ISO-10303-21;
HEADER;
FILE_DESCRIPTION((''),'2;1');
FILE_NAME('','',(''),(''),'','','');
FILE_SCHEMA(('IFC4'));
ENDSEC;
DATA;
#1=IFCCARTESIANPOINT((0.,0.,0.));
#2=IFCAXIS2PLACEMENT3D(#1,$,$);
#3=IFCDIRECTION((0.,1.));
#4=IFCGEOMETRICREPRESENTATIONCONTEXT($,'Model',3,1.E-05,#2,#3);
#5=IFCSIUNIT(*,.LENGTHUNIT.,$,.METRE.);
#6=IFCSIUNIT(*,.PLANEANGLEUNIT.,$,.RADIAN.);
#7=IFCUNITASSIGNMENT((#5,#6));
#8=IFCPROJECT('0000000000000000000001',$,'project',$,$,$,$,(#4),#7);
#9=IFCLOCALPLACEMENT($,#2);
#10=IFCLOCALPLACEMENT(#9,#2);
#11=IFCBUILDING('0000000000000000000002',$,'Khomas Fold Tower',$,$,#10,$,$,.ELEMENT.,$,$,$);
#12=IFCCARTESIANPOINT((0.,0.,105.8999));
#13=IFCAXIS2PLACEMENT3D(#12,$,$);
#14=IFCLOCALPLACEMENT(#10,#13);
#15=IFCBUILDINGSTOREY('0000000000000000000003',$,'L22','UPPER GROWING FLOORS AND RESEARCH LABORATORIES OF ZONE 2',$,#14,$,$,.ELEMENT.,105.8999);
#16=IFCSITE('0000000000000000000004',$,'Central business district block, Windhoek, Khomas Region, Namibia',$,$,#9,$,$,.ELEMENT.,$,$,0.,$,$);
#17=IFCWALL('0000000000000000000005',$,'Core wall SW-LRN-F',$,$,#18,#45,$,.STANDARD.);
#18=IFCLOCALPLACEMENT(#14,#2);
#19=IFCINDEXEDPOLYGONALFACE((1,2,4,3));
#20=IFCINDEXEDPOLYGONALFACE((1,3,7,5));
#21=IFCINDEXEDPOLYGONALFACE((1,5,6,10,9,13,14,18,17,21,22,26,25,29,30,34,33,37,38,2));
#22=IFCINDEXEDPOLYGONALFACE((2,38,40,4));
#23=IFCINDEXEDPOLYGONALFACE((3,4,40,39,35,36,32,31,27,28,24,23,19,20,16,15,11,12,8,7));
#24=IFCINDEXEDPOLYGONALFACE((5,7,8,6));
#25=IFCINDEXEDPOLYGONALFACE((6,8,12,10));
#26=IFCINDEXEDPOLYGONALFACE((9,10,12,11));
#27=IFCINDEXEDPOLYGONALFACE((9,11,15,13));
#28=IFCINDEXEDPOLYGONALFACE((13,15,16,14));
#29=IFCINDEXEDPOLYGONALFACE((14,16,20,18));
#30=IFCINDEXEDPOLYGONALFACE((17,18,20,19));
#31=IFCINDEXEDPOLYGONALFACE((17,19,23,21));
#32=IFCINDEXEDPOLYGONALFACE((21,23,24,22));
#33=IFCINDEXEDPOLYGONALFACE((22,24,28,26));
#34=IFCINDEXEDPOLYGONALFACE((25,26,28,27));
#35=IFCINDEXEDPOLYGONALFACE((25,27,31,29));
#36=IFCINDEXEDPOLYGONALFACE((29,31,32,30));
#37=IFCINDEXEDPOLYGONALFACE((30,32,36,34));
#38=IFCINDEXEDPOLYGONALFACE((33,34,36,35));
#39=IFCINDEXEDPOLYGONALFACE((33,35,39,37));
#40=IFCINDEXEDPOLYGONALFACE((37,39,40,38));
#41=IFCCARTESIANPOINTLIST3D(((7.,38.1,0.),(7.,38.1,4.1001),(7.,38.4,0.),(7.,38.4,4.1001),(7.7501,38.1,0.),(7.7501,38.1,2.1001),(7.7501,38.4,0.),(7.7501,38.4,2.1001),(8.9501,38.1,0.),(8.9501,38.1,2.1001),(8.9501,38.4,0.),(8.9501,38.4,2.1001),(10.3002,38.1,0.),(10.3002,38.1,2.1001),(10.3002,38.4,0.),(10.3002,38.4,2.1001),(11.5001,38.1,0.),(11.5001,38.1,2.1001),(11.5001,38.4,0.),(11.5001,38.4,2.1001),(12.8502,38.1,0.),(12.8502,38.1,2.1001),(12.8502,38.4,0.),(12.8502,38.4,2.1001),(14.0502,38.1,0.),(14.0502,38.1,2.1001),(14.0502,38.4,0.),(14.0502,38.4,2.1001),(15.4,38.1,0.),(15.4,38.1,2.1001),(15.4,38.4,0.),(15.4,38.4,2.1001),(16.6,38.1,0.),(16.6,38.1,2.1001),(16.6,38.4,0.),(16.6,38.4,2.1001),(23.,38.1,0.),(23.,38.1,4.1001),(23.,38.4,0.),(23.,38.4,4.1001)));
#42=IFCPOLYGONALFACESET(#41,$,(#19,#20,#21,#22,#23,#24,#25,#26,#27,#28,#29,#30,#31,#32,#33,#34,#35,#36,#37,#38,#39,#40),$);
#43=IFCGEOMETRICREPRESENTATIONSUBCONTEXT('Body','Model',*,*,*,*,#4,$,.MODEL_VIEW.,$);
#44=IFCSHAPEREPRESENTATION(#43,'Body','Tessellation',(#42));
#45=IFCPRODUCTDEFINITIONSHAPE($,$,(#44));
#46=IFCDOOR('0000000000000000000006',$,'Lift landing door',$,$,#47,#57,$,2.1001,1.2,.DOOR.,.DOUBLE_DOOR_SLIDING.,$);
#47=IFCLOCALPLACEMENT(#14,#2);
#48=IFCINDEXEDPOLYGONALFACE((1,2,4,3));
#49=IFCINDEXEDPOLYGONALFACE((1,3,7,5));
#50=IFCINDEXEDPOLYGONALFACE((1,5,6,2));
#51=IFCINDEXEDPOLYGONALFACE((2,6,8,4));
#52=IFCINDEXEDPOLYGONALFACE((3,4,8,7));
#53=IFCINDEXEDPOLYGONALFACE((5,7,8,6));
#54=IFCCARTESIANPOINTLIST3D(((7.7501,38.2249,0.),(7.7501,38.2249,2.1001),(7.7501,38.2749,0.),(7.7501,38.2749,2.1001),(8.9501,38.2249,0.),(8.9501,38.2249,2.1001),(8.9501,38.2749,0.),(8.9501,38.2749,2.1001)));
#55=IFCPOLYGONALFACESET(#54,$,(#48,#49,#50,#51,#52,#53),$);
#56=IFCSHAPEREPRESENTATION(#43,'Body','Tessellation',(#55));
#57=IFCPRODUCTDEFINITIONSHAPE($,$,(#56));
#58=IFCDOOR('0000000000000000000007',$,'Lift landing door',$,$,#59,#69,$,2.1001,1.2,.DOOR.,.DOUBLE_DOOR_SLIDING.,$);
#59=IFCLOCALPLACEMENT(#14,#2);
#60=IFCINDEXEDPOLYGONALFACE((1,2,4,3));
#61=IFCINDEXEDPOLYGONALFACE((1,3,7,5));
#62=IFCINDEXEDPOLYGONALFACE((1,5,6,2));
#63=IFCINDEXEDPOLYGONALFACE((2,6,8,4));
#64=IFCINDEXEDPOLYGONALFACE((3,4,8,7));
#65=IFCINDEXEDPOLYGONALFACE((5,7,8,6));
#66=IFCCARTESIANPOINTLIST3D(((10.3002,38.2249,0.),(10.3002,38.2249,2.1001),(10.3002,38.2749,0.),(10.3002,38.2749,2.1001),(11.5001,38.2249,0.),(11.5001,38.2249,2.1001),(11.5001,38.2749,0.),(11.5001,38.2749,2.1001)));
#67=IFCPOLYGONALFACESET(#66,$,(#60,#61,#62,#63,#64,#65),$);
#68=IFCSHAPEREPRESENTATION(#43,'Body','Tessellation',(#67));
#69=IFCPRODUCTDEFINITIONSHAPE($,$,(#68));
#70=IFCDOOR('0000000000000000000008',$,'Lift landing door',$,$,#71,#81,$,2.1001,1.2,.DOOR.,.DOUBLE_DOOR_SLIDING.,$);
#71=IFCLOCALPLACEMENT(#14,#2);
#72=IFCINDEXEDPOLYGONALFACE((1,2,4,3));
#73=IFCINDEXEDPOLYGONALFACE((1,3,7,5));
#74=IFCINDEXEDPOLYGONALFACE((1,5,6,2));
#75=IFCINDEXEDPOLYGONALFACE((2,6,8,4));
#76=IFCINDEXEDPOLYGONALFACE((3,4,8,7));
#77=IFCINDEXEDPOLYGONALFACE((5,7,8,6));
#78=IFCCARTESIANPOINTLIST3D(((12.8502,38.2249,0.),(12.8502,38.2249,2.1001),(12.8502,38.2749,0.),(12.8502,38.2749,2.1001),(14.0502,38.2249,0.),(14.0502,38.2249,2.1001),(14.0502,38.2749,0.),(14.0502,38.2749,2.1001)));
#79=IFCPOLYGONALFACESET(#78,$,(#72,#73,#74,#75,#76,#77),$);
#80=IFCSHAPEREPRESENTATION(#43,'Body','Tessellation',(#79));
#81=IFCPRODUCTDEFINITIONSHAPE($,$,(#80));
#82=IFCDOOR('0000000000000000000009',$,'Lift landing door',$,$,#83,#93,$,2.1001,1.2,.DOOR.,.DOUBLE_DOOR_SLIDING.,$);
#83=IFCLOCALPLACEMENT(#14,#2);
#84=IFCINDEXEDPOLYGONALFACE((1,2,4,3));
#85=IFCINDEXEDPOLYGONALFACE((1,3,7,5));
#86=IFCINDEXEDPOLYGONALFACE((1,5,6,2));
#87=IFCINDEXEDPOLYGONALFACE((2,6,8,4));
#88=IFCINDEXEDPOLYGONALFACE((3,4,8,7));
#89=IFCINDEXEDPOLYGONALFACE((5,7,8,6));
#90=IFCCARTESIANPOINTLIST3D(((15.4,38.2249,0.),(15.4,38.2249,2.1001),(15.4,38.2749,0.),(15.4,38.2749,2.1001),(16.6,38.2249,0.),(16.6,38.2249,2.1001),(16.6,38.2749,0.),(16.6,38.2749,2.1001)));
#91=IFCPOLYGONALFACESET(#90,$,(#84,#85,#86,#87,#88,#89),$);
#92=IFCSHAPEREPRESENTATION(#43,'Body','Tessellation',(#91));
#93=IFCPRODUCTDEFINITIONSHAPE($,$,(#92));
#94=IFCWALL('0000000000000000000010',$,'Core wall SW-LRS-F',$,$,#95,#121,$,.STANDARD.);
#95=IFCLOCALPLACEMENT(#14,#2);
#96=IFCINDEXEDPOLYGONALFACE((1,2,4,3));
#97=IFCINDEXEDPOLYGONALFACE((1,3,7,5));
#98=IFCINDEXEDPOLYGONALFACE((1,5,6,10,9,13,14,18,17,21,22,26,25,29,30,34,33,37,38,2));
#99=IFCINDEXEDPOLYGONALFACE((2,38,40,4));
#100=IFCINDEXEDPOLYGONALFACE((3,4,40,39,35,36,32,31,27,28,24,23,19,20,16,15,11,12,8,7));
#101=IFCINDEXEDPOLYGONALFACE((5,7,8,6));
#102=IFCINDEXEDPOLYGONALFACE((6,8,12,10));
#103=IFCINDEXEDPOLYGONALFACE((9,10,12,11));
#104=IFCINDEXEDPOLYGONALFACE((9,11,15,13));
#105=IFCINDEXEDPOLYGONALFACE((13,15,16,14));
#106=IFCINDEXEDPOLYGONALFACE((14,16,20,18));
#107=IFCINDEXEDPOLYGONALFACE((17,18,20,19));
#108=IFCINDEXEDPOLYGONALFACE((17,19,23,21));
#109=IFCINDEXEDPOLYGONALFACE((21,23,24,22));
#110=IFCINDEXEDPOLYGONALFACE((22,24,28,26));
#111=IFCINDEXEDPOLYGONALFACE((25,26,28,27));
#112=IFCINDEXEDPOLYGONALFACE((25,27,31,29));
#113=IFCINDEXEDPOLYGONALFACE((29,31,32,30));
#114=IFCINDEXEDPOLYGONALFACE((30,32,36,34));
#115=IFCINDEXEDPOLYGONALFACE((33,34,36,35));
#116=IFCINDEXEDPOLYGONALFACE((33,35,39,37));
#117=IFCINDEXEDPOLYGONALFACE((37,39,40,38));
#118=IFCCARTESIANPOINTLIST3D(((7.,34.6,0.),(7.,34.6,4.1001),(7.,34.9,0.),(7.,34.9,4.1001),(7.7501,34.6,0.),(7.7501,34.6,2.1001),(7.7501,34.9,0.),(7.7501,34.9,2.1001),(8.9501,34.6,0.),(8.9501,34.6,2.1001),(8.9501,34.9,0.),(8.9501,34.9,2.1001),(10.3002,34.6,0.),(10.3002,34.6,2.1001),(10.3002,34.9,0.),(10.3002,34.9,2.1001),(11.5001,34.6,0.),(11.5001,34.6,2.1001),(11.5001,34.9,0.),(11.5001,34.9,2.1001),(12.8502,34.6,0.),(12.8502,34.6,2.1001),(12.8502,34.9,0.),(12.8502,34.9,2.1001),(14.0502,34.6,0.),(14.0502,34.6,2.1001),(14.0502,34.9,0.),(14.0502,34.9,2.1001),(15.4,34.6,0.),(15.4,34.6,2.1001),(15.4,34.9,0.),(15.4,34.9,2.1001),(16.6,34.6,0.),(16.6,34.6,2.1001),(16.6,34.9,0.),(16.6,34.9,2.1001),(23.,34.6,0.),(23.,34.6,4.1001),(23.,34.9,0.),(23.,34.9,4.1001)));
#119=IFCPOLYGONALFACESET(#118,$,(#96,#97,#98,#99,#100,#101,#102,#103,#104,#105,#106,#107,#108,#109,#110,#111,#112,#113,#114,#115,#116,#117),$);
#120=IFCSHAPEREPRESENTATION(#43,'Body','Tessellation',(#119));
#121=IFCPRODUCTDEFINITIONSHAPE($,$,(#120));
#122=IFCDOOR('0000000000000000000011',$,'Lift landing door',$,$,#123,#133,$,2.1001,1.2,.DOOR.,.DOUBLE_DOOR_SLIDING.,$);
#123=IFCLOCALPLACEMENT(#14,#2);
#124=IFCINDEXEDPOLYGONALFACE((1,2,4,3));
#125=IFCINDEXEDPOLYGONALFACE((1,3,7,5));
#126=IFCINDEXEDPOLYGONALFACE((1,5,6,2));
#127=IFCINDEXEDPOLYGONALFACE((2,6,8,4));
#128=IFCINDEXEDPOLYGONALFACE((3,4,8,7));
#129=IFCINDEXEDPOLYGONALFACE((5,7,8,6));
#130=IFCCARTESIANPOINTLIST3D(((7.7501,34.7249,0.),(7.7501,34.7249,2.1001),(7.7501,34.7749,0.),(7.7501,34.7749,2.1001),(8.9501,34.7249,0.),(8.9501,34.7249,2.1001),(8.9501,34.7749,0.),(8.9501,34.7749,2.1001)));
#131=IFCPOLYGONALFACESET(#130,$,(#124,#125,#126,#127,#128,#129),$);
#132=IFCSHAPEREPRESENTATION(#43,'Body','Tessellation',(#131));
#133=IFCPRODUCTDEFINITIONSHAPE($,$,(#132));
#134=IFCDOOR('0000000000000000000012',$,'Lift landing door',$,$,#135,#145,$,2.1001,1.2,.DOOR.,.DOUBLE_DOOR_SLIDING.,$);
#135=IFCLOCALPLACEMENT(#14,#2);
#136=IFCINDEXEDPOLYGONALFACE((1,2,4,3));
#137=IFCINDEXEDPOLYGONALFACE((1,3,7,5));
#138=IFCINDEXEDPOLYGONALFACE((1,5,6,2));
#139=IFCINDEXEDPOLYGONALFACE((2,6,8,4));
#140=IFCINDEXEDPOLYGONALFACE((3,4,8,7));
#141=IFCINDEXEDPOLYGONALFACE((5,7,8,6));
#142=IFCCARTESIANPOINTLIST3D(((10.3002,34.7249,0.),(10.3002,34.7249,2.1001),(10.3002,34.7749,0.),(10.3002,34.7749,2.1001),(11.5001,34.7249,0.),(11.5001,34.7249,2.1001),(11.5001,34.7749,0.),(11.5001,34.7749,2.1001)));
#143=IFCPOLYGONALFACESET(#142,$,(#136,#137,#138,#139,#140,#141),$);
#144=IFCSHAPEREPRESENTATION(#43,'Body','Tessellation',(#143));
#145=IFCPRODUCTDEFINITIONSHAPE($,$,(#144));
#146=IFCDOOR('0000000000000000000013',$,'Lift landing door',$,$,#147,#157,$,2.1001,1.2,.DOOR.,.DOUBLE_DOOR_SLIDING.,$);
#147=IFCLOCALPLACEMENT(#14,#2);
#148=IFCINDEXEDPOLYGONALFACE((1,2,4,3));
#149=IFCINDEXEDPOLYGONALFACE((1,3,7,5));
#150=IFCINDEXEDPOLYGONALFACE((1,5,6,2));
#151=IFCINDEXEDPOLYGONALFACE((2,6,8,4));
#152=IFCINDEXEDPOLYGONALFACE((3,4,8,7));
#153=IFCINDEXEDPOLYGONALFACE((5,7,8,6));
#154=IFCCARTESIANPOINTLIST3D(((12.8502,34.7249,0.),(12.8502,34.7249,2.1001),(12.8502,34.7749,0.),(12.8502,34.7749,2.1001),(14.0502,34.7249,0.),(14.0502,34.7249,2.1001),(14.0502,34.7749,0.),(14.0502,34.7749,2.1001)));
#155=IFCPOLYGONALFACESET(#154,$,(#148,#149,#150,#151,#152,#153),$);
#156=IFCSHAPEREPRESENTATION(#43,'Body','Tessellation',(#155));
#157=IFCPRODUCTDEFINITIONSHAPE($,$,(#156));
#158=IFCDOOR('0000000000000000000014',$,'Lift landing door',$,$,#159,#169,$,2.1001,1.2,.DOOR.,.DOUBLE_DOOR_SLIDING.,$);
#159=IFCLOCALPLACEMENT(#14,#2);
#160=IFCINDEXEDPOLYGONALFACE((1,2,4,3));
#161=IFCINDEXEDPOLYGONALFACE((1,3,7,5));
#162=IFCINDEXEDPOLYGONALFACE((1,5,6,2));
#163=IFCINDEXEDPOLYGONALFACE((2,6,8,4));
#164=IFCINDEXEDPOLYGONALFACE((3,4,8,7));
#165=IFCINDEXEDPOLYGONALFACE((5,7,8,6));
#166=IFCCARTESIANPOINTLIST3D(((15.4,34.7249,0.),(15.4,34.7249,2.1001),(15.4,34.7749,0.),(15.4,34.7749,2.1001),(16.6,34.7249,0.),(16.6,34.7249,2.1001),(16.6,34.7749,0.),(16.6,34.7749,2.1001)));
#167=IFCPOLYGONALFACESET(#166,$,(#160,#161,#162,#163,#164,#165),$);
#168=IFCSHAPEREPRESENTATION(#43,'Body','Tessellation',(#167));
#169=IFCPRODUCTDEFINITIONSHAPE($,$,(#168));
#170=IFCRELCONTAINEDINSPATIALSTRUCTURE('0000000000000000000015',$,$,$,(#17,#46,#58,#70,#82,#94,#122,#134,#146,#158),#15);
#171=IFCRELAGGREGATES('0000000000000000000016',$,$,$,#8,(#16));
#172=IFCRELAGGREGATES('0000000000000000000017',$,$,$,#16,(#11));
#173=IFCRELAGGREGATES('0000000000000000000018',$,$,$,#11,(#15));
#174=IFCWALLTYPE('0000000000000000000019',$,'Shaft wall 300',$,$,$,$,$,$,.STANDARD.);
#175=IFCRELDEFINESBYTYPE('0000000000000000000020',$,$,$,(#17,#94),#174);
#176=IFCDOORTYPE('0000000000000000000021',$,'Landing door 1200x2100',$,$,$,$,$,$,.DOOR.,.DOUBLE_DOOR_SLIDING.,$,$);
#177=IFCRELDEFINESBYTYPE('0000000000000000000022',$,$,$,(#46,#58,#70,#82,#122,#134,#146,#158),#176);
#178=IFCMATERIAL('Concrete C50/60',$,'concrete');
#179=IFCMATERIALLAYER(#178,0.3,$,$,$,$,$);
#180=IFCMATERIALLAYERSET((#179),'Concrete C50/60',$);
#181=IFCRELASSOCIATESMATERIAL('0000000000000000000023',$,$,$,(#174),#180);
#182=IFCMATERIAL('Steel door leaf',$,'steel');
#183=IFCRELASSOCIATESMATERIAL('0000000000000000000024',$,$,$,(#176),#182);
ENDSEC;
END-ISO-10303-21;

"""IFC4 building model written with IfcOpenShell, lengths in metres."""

from ifc_helpers import new_model, si_unit, direction, frame, frame_2d, origin, place, context, subcontext, project, spatial, rectangle, extrude, source, transform, mapped, material, layer, layer_set, type_object, element, fill, save


model = new_model("IFC4")

# Units and contexts
model_context = context("Model", 3, precision=1e-05, world=origin(), true_north=direction((0.0, 1.0)))
body_context = subcontext(model_context, "Body", "Model", "MODEL_VIEW")
ifc_project = project(units=[si_unit("LENGTHUNIT", "METRE"), si_unit("PLANEANGLEUNIT", "RADIAN")], contexts=[model_context])

# Site, building, storey
site_placement = place(None, origin())
site = spatial("IfcSite", under=ifc_project, at=site_placement, Name="Central business district block, Windhoek, Khomas Region, Namibia", CompositionType="ELEMENT", RefElevation=0.0)
building_placement = place(site_placement, origin())
building = spatial("IfcBuilding", under=site, at=building_placement, Name="Khomas Fold Tower", CompositionType="ELEMENT")
storey_placement = place(building_placement, frame((0.0, 0.0, 105.8999)))
storey = spatial("IfcBuildingStorey", under=building, at=storey_placement, Name="L22", Description="UPPER GROWING FLOORS AND RESEARCH LABORATORIES OF ZONE 2", CompositionType="ELEMENT", Elevation=105.8999)

# Shared definitions
ifc_material_1 = material(Name="Concrete C50/60", Category="concrete")
ifc_layer_1 = layer(ifc_material_1, 0.3)
ifc_layer_set_1 = layer_set([ifc_layer_1], Name="Concrete C50/60")
wall_type_1 = type_object("IfcWallType", Name="Shaft wall 300", PredefinedType="STANDARD", material=ifc_layer_set_1)
shared_shape_1 = source(origin(), body_context, "Body", "SweptSolid", [
    extrude(rectangle(XDim=16.0, YDim=0.3, at=frame_2d((8.0, 0.0))), origin(), (0.0, 0.0, 1.0), 4.1001),
])

# Walls, openings, doors
wall_1_placement = place(storey_placement, frame((7.0, 38.25, 0.0), z_axis=(0.0, 0.0, 1.0), x_axis=(1.0, 0.0, 0.0)))
wall_1 = element("IfcWall", 1, at=wall_1_placement, inside=storey, type_object=wall_type_1, Name="Core wall SW-LRN-F", PredefinedType="STANDARD", context=body_context, shape_type="MappedRepresentation", body=[
    mapped(shared_shape_1, transform((0.0, 0.0, 0.0))),
])
shared_shape_2 = source(origin(), body_context, "Body", "SweptSolid", [
    extrude(rectangle(XDim=1.2, YDim=2.1001, at=frame_2d((0.6001, 1.05))), frame((0.0, 0.1599, 0.0), z_axis=(0.0, -1.0, 0.0), x_axis=(1.0, 0.0, 0.0)), (0.0, 0.0, 1.0), 0.3201),
])
opening_1_placement = place(wall_1_placement, frame((0.75, 0.0, 0.0)))
opening_1 = element("IfcOpeningElement", 2, at=opening_1_placement, cuts=wall_1, PredefinedType="OPENING", context=body_context, shape_type="MappedRepresentation", body=[
    mapped(shared_shape_2, transform((0.0, 0.0, 0.0))),
])
opening_2_placement = place(wall_1_placement, frame((3.3, 0.0, 0.0)))
opening_2 = element("IfcOpeningElement", 3, at=opening_2_placement, cuts=wall_1, PredefinedType="OPENING", context=body_context, shape_type="MappedRepresentation", body=[
    mapped(shared_shape_2, transform((0.0, 0.0, 0.0))),
])
opening_3_placement = place(wall_1_placement, frame((5.8501, 0.0, 0.0)))
opening_3 = element("IfcOpeningElement", 4, at=opening_3_placement, cuts=wall_1, PredefinedType="OPENING", context=body_context, shape_type="MappedRepresentation", body=[
    mapped(shared_shape_2, transform((0.0, 0.0, 0.0))),
])
opening_4_placement = place(wall_1_placement, frame((8.3999, 0.0, 0.0)))
opening_4 = element("IfcOpeningElement", 5, at=opening_4_placement, cuts=wall_1, PredefinedType="OPENING", context=body_context, shape_type="MappedRepresentation", body=[
    mapped(shared_shape_2, transform((0.0, 0.0, 0.0))),
])
ifc_material_2 = material(Name="Steel door leaf", Category="steel")
door_type_1 = type_object("IfcDoorType", Name="Landing door 1200x2100", OperationType="DOUBLE_DOOR_SLIDING", PredefinedType="DOOR", material=ifc_material_2)
shared_shape_3 = source(origin(), body_context, "Body", "SweptSolid", [
    extrude(rectangle(XDim=1.2, YDim=2.1001, at=frame_2d((0.6001, 1.05))), frame((0.0, 0.0249, 0.0), z_axis=(0.0, -1.0, 0.0), x_axis=(1.0, 0.0, 0.0)), (0.0, 0.0, 1.0), 0.05),
])
door_1_placement = place(opening_1_placement, origin())
door_1 = element("IfcDoor", 6, at=door_1_placement, inside=storey, type_object=door_type_1, Name="Lift landing door", OperationType="DOUBLE_DOOR_SLIDING", OverallHeight=2.1001, OverallWidth=1.2, PredefinedType="DOOR", context=body_context, shape_type="MappedRepresentation", body=[
    mapped(shared_shape_3, transform((0.0, 0.0, 0.0))),
])
fill(opening_1, door_1)
door_2_placement = place(opening_2_placement, origin())
door_2 = element("IfcDoor", 7, at=door_2_placement, inside=storey, type_object=door_type_1, Name="Lift landing door", OperationType="DOUBLE_DOOR_SLIDING", OverallHeight=2.1001, OverallWidth=1.2, PredefinedType="DOOR", context=body_context, shape_type="MappedRepresentation", body=[
    mapped(shared_shape_3, transform((0.0, 0.0, 0.0))),
])
fill(opening_2, door_2)
door_3_placement = place(opening_3_placement, origin())
door_3 = element("IfcDoor", 8, at=door_3_placement, inside=storey, type_object=door_type_1, Name="Lift landing door", OperationType="DOUBLE_DOOR_SLIDING", OverallHeight=2.1001, OverallWidth=1.2, PredefinedType="DOOR", context=body_context, shape_type="MappedRepresentation", body=[
    mapped(shared_shape_3, transform((0.0, 0.0, 0.0))),
])
fill(opening_3, door_3)
door_4_placement = place(opening_4_placement, origin())
door_4 = element("IfcDoor", 9, at=door_4_placement, inside=storey, type_object=door_type_1, Name="Lift landing door", OperationType="DOUBLE_DOOR_SLIDING", OverallHeight=2.1001, OverallWidth=1.2, PredefinedType="DOOR", context=body_context, shape_type="MappedRepresentation", body=[
    mapped(shared_shape_3, transform((0.0, 0.0, 0.0))),
])
fill(opening_4, door_4)
wall_2_placement = place(storey_placement, frame((7.0, 34.75, 0.0), z_axis=(0.0, 0.0, 1.0), x_axis=(1.0, 0.0, 0.0)))
wall_2 = element("IfcWall", 10, at=wall_2_placement, inside=storey, type_object=wall_type_1, Name="Core wall SW-LRS-F", PredefinedType="STANDARD", context=body_context, shape_type="MappedRepresentation", body=[
    mapped(shared_shape_1, transform((0.0, 0.0, 0.0))),
])
opening_5_placement = place(wall_2_placement, frame((0.75, 0.0, 0.0)))
opening_5 = element("IfcOpeningElement", 11, at=opening_5_placement, cuts=wall_2, PredefinedType="OPENING", context=body_context, shape_type="MappedRepresentation", body=[
    mapped(shared_shape_2, transform((0.0, 0.0, 0.0))),
])
opening_6_placement = place(wall_2_placement, frame((3.3, 0.0, 0.0)))
opening_6 = element("IfcOpeningElement", 12, at=opening_6_placement, cuts=wall_2, PredefinedType="OPENING", context=body_context, shape_type="MappedRepresentation", body=[
    mapped(shared_shape_2, transform((0.0, 0.0, 0.0))),
])
opening_7_placement = place(wall_2_placement, frame((5.8501, 0.0, 0.0)))
opening_7 = element("IfcOpeningElement", 13, at=opening_7_placement, cuts=wall_2, PredefinedType="OPENING", context=body_context, shape_type="MappedRepresentation", body=[
    mapped(shared_shape_2, transform((0.0, 0.0, 0.0))),
])
opening_8_placement = place(wall_2_placement, frame((8.3999, 0.0, 0.0)))
opening_8 = element("IfcOpeningElement", 14, at=opening_8_placement, cuts=wall_2, PredefinedType="OPENING", context=body_context, shape_type="MappedRepresentation", body=[
    mapped(shared_shape_2, transform((0.0, 0.0, 0.0))),
])
door_5_placement = place(opening_5_placement, origin())
door_5 = element("IfcDoor", 15, at=door_5_placement, inside=storey, type_object=door_type_1, Name="Lift landing door", OperationType="DOUBLE_DOOR_SLIDING", OverallHeight=2.1001, OverallWidth=1.2, PredefinedType="DOOR", context=body_context, shape_type="MappedRepresentation", body=[
    mapped(shared_shape_3, transform((0.0, 0.0, 0.0))),
])
fill(opening_5, door_5)
door_6_placement = place(opening_6_placement, origin())
door_6 = element("IfcDoor", 16, at=door_6_placement, inside=storey, type_object=door_type_1, Name="Lift landing door", OperationType="DOUBLE_DOOR_SLIDING", OverallHeight=2.1001, OverallWidth=1.2, PredefinedType="DOOR", context=body_context, shape_type="MappedRepresentation", body=[
    mapped(shared_shape_3, transform((0.0, 0.0, 0.0))),
])
fill(opening_6, door_6)
door_7_placement = place(opening_7_placement, origin())
door_7 = element("IfcDoor", 17, at=door_7_placement, inside=storey, type_object=door_type_1, Name="Lift landing door", OperationType="DOUBLE_DOOR_SLIDING", OverallHeight=2.1001, OverallWidth=1.2, PredefinedType="DOOR", context=body_context, shape_type="MappedRepresentation", body=[
    mapped(shared_shape_3, transform((0.0, 0.0, 0.0))),
])
fill(opening_7, door_7)
door_8_placement = place(opening_8_placement, origin())
door_8 = element("IfcDoor", 18, at=door_8_placement, inside=storey, type_object=door_type_1, Name="Lift landing door", OperationType="DOUBLE_DOOR_SLIDING", OverallHeight=2.1001, OverallWidth=1.2, PredefinedType="DOOR", context=body_context, shape_type="MappedRepresentation", body=[
    mapped(shared_shape_3, transform((0.0, 0.0, 0.0))),
])
fill(opening_8, door_8)

save(model, "model.ifc")
